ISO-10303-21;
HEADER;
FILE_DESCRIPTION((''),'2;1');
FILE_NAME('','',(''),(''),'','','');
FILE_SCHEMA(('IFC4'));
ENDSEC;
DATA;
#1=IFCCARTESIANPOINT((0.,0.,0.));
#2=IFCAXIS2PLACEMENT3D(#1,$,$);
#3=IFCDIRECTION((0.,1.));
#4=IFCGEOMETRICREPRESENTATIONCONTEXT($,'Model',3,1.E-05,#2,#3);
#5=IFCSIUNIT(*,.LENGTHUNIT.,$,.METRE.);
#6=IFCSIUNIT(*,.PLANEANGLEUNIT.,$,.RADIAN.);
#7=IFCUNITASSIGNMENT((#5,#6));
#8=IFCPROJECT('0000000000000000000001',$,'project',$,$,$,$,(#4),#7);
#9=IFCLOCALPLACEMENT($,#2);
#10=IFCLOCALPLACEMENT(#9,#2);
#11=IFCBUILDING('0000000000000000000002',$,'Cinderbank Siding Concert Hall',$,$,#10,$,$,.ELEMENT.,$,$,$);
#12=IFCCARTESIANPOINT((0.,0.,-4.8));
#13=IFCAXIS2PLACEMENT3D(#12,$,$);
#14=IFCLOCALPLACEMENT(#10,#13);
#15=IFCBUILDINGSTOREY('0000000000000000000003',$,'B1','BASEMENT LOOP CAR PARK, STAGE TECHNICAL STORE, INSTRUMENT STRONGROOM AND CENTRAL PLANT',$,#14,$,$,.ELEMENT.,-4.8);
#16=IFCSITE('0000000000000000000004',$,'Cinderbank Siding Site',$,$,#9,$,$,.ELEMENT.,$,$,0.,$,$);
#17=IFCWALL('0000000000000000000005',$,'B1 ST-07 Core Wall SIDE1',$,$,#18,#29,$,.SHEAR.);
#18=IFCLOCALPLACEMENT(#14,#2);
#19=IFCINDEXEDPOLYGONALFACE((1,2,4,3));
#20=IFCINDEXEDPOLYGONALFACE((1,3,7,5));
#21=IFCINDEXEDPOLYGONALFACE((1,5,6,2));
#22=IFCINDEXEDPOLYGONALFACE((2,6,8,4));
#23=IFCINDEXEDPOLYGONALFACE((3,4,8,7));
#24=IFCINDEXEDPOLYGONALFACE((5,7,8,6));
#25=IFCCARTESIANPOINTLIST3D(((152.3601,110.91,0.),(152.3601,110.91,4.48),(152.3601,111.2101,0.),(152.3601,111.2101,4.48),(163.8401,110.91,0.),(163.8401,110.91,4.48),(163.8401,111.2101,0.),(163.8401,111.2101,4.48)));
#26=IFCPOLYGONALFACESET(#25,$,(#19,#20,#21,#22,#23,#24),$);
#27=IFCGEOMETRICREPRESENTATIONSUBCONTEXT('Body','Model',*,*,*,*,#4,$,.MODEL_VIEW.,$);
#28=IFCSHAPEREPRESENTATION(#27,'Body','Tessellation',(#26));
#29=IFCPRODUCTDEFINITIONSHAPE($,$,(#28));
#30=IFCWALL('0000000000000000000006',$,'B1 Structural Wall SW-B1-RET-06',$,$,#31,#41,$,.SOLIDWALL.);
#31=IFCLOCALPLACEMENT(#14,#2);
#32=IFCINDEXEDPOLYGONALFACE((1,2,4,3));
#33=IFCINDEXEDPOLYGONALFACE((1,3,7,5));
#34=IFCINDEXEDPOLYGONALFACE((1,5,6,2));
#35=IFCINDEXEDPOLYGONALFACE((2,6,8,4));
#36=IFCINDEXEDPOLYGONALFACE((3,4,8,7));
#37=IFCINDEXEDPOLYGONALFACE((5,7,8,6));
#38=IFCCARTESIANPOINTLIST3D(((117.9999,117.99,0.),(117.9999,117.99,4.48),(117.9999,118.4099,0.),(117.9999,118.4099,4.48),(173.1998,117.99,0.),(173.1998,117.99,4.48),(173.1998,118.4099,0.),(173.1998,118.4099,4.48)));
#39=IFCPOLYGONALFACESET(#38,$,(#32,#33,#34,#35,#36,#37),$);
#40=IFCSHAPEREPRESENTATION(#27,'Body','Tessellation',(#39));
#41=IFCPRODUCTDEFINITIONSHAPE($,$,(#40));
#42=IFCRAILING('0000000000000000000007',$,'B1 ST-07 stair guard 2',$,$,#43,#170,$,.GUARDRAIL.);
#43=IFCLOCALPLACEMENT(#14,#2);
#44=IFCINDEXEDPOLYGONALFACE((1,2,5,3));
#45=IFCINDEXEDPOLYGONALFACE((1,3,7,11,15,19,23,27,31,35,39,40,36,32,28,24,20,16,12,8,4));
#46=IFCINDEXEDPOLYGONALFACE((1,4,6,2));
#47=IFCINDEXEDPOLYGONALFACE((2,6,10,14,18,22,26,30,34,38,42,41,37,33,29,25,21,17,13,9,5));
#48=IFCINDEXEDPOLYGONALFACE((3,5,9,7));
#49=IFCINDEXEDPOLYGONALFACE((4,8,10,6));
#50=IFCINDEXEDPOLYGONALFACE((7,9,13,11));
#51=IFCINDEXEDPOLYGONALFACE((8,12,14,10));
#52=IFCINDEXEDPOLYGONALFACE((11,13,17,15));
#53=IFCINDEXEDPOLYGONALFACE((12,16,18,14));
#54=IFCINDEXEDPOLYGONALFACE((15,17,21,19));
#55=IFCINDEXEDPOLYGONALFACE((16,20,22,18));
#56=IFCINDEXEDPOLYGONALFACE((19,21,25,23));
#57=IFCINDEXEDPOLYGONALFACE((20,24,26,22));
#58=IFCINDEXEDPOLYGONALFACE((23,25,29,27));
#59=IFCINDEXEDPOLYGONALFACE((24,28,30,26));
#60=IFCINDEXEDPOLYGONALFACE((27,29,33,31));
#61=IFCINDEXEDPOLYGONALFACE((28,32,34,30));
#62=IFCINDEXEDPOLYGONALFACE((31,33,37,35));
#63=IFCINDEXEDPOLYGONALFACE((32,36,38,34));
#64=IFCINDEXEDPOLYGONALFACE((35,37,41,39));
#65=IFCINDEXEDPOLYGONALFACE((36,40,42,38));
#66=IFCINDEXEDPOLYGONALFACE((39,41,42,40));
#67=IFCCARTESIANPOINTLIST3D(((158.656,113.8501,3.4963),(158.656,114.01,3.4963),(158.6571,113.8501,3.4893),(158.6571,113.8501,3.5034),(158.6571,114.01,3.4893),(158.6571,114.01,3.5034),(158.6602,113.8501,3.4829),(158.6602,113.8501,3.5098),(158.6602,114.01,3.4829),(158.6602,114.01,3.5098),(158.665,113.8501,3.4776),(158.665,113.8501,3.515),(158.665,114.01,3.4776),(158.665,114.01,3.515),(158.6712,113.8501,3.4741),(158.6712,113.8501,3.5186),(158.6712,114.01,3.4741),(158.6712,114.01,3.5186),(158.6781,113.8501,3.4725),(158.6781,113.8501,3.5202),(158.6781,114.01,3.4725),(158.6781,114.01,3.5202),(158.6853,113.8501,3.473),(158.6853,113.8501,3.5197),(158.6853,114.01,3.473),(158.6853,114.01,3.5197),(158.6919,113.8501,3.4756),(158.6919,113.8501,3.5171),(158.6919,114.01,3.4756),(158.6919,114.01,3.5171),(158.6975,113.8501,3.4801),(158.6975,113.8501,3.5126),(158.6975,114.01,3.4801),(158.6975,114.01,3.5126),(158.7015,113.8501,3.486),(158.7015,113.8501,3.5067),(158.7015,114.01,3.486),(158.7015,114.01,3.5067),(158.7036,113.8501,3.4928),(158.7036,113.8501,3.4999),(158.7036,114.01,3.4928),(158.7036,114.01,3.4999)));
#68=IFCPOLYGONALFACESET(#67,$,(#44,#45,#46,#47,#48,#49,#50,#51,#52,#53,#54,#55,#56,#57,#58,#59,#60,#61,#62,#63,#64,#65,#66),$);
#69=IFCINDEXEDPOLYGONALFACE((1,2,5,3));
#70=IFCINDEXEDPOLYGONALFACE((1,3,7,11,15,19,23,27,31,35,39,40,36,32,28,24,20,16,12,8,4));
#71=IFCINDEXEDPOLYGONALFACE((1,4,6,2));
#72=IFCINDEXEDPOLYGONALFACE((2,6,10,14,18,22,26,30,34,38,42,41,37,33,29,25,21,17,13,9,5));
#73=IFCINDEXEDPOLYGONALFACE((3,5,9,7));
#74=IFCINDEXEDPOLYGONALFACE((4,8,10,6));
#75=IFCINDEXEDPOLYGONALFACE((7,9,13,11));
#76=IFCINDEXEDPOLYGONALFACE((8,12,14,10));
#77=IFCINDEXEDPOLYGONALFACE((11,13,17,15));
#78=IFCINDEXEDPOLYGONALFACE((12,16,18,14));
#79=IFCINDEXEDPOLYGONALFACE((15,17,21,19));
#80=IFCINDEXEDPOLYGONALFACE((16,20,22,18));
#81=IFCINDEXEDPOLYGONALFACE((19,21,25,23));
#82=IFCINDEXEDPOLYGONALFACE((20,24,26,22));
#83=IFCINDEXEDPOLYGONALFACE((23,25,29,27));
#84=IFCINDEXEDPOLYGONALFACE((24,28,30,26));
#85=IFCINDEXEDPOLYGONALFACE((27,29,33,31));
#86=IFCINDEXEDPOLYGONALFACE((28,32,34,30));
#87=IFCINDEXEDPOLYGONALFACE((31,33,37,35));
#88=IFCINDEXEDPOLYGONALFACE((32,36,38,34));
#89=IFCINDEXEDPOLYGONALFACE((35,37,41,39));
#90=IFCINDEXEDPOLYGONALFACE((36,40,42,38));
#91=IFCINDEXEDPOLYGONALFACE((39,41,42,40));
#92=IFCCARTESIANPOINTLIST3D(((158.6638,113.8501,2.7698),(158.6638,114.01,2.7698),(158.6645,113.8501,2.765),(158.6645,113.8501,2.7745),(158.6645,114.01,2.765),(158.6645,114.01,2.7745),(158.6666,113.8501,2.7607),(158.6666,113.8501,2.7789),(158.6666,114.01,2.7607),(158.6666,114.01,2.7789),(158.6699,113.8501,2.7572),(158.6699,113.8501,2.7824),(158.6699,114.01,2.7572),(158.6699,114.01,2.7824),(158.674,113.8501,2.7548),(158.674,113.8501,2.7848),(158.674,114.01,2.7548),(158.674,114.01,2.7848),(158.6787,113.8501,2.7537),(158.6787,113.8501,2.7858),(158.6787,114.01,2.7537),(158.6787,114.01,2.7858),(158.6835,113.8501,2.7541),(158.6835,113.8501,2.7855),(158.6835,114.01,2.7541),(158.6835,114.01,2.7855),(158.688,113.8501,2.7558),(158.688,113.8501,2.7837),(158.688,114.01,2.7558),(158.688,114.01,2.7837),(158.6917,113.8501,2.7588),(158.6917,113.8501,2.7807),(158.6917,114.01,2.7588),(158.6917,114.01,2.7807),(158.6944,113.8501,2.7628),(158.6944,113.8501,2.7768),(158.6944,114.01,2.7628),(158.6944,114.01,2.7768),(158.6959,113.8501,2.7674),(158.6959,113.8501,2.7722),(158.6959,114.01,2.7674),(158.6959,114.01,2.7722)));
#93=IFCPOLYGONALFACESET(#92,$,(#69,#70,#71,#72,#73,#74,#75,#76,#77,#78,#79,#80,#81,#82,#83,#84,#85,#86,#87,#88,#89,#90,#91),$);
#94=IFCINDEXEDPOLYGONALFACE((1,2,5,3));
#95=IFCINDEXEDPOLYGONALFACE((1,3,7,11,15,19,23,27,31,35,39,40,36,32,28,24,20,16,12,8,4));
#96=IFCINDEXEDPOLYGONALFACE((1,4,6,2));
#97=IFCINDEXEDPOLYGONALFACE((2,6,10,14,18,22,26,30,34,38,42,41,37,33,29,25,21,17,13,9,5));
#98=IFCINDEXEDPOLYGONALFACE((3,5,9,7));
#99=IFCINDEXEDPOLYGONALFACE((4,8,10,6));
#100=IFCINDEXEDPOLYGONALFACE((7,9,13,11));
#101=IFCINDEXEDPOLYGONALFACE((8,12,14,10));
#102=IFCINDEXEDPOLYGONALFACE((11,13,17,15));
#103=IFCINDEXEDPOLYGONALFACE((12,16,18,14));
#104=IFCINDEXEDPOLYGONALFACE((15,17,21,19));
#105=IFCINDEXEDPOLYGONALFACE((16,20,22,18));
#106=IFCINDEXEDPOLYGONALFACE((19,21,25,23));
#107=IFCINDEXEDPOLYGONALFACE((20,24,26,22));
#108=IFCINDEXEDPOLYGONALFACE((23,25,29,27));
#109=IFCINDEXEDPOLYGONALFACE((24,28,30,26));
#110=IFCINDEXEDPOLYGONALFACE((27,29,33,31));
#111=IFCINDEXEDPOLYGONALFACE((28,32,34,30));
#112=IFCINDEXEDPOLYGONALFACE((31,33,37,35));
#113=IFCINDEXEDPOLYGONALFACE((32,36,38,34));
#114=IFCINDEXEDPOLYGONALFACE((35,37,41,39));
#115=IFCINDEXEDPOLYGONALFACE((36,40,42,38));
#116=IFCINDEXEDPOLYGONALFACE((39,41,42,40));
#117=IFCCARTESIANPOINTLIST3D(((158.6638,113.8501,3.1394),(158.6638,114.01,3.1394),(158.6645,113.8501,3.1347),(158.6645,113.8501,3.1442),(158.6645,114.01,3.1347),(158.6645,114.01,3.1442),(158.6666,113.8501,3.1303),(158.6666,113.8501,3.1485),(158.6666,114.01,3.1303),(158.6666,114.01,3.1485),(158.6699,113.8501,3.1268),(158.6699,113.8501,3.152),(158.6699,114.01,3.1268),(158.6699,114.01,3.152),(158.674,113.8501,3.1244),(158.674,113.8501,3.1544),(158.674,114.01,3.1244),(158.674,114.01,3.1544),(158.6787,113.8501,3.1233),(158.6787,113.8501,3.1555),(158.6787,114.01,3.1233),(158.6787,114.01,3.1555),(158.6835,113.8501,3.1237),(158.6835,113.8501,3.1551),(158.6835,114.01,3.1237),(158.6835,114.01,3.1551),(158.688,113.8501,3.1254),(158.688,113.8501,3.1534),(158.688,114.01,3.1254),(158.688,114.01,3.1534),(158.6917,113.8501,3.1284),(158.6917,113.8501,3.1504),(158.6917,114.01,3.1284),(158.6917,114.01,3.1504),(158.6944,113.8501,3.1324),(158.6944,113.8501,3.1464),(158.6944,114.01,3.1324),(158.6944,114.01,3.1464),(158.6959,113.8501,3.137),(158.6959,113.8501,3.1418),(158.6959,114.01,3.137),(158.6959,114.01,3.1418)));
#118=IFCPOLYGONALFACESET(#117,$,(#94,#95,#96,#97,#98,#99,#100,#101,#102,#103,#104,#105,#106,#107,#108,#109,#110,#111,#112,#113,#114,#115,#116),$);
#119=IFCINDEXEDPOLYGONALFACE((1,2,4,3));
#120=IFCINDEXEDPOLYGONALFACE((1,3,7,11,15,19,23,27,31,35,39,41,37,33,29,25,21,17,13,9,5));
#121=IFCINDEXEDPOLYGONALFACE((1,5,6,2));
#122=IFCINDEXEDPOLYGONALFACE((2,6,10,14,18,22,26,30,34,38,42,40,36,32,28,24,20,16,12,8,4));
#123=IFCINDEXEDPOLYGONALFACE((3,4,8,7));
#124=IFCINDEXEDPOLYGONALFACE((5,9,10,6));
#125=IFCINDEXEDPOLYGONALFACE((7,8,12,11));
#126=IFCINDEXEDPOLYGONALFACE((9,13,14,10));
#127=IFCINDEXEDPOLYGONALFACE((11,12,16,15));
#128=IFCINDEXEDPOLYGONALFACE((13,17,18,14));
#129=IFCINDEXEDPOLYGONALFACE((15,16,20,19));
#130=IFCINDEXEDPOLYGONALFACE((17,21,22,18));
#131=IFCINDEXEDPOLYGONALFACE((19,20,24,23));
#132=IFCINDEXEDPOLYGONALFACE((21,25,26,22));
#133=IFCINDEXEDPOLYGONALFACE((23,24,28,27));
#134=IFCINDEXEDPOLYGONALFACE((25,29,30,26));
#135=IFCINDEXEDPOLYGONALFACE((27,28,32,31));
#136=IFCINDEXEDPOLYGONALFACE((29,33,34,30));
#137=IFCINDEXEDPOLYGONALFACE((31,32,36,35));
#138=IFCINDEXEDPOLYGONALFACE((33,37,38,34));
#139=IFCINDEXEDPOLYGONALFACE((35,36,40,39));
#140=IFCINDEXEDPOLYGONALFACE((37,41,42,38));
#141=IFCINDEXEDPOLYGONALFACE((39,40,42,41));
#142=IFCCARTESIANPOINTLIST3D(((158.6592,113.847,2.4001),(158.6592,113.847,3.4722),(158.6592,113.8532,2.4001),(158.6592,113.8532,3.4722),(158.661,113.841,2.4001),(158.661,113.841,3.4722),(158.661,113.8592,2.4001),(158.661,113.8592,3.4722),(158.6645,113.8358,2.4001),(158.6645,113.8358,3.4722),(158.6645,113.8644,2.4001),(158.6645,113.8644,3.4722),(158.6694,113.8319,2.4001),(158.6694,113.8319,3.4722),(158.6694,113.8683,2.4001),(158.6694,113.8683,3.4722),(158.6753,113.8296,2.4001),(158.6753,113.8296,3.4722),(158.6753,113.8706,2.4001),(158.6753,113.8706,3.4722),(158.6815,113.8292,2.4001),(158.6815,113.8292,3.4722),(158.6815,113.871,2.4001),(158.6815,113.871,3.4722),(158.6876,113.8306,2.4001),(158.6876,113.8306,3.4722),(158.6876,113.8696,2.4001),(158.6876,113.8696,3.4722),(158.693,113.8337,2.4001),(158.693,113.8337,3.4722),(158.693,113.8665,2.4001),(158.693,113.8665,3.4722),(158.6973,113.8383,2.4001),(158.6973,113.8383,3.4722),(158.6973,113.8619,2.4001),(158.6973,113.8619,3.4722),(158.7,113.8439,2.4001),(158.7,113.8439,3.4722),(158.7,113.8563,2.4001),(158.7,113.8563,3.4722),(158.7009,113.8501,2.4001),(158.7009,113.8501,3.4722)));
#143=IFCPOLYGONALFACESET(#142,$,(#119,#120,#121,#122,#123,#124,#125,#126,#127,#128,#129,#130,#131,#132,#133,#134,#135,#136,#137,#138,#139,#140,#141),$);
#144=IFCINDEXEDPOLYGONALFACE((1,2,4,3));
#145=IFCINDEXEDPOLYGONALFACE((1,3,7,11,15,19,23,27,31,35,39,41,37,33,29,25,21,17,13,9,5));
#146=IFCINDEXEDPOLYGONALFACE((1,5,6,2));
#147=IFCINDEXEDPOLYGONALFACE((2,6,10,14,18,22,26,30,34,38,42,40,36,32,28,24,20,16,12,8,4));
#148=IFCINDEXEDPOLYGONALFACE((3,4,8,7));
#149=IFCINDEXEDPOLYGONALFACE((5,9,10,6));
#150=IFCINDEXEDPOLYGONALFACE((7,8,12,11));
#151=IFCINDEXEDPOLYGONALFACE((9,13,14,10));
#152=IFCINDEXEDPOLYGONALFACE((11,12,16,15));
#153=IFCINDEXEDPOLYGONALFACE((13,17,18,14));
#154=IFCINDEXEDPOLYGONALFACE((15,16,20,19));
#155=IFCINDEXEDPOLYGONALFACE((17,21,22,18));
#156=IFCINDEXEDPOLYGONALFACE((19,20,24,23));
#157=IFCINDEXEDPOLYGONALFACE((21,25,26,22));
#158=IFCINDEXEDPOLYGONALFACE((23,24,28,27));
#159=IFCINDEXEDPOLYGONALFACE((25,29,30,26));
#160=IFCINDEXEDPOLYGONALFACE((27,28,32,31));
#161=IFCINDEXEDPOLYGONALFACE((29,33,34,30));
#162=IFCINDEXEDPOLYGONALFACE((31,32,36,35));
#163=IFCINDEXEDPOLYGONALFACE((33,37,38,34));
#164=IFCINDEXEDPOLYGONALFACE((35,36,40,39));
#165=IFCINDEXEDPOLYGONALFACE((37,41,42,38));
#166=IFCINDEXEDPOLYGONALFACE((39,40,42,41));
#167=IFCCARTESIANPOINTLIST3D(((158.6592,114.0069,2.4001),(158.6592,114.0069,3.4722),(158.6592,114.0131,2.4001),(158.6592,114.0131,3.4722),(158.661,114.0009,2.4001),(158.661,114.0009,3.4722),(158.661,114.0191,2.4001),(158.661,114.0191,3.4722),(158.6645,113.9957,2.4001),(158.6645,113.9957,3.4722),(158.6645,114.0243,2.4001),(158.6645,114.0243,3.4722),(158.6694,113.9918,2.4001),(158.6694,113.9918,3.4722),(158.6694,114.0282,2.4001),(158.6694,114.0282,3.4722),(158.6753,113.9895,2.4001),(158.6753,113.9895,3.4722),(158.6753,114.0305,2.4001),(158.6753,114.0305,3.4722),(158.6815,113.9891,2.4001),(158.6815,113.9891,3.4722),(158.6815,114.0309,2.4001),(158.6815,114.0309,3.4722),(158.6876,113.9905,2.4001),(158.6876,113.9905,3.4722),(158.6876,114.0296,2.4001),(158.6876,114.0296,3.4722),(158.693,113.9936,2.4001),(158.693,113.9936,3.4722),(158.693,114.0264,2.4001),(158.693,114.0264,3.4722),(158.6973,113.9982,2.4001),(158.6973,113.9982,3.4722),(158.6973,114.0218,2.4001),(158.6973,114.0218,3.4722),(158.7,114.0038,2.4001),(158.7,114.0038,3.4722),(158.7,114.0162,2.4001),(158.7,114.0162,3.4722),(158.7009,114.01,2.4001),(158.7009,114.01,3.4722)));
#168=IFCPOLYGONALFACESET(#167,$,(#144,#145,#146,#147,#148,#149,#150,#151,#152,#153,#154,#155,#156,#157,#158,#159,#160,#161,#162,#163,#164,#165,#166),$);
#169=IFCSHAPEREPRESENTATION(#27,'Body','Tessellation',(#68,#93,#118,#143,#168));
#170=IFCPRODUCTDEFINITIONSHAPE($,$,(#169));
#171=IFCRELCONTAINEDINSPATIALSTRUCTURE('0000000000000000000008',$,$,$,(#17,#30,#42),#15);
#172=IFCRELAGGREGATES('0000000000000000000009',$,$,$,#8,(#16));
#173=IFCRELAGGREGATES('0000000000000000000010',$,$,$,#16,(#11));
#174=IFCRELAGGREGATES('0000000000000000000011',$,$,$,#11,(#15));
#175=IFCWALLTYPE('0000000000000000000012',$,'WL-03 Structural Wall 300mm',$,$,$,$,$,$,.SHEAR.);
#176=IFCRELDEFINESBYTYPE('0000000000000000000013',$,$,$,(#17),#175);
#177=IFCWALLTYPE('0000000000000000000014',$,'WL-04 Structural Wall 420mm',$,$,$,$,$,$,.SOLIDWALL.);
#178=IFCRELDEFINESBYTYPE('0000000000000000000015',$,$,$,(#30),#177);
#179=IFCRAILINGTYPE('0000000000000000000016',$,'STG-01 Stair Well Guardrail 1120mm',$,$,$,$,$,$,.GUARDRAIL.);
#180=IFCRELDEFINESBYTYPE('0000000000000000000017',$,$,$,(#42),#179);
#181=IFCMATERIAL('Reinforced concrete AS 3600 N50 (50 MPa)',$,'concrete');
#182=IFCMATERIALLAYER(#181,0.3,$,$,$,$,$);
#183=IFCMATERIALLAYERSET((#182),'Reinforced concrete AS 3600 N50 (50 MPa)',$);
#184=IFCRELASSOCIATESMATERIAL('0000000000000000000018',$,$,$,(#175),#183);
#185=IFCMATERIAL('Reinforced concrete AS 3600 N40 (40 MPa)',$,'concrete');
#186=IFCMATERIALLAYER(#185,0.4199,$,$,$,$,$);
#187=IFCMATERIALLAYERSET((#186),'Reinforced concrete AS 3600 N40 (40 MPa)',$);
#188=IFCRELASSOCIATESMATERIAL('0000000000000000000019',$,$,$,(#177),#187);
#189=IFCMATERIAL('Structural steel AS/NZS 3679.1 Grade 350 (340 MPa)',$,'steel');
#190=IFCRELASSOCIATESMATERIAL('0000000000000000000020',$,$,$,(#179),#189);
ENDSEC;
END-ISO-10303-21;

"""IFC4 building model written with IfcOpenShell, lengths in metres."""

from ifc_helpers import new_model, si_unit, direction, frame, frame_2d, origin, origin_2d, place, context, subcontext, project, spatial, rectangle, circle, extrude, material, layer, layer_set, type_object, element, save


model = new_model("IFC4")

# Units and contexts
model_context = context("Model", 3, precision=1e-05, world=origin(), true_north=direction((0.0, 1.0)))
body_context = subcontext(model_context, "Body", "Model", "MODEL_VIEW")
ifc_project = project(units=[si_unit("LENGTHUNIT", "METRE"), si_unit("PLANEANGLEUNIT", "RADIAN")], contexts=[model_context])

# Site, building, storey
site_placement = place(None, origin())
site = spatial("IfcSite", under=ifc_project, at=site_placement, Name="Cinderbank Siding Site", CompositionType="ELEMENT", RefElevation=0.0)
building_placement = place(site_placement, origin())
building = spatial("IfcBuilding", under=site, at=building_placement, Name="Cinderbank Siding Concert Hall", CompositionType="ELEMENT")
storey_placement = place(building_placement, frame((0.0, 0.0, -4.8)))
storey = spatial("IfcBuildingStorey", under=building, at=storey_placement, Name="B1", Description="BASEMENT LOOP CAR PARK, STAGE TECHNICAL STORE, INSTRUMENT STRONGROOM AND CENTRAL PLANT", CompositionType="ELEMENT", Elevation=-4.8)

# Shared definitions
ifc_material_1 = material(Name="Reinforced concrete AS 3600 N40 (40 MPa)", Category="concrete")

# Shared definitions
ifc_material_2 = material(Name="Reinforced concrete AS 3600 N50 (50 MPa)", Category="concrete")

# Walls
ifc_layer_1 = layer(ifc_material_2, 0.3)
ifc_layer_set_1 = layer_set([ifc_layer_1], Name="Reinforced concrete AS 3600 N50 (50 MPa)")
wall_type_1 = type_object("IfcWallType", Name="WL-03 Structural Wall 300mm", PredefinedType="SHEAR", material=ifc_layer_set_1)
wall_1_placement = place(storey_placement, frame((163.8401, 111.0601, 0.0), z_axis=(0.0, 0.0, 1.0), x_axis=(-1.0, 0.0, 0.0)))
element("IfcWall", 1, at=wall_1_placement, inside=storey, type_object=wall_type_1, Name="B1 ST-07 Core Wall SIDE1", PredefinedType="SHEAR", context=body_context, shape_type="SweptSolid", body=[
    extrude(rectangle(XDim=11.48, YDim=0.3, at=frame_2d((5.74, 0.0))), origin(), (0.0, 0.0, 1.0), 4.48),
])
ifc_layer_2 = layer(ifc_material_1, 0.4199)
ifc_layer_set_2 = layer_set([ifc_layer_2], Name="Reinforced concrete AS 3600 N40 (40 MPa)")
wall_type_2 = type_object("IfcWallType", Name="WL-04 Structural Wall 420mm", PredefinedType="SOLIDWALL", material=ifc_layer_set_2)
wall_2_placement = place(storey_placement, frame((173.2, 118.2, 0.0), z_axis=(0.0, 0.0, 1.0), x_axis=(-1.0, 0.0, 0.0)))
element("IfcWall", 2, at=wall_2_placement, inside=storey, type_object=wall_type_2, Name="B1 Structural Wall SW-B1-RET-06", PredefinedType="SOLIDWALL", context=body_context, shape_type="SweptSolid", body=[
    extrude(rectangle(XDim=55.2, YDim=0.4199, at=frame_2d((27.6001, 0.0))), origin(), (0.0, 0.0, 1.0), 4.48),
])

# Railing
ifc_material_3 = material(Name="Structural steel AS/NZS 3679.1 Grade 350 (340 MPa)", Category="steel")
railing_type_1 = type_object("IfcRailingType", Name="STG-01 Stair Well Guardrail 1120mm", PredefinedType="GUARDRAIL", material=ifc_material_3)
railing_1_placement = place(storey_placement, frame((158.6799, 113.8501, 2.4001)))
element("IfcRailing", 3, at=railing_1_placement, inside=storey, type_object=railing_type_1, Name="B1 ST-07 stair guard 2", PredefinedType="GUARDRAIL", context=body_context, shape_type="SweptSolid", body=[
    extrude(circle(Radius=0.0239, at=origin_2d()), frame((0.0, 0.0, 1.0962), z_axis=(0.0, 1.0, 0.0), x_axis=(-1.0, 0.0, 0.0)), (0.0, 0.0, 1.0), 0.1599),
    extrude(circle(Radius=0.0161, at=origin_2d()), frame((0.0, 0.0, 0.3696), z_axis=(0.0, 1.0, 0.0), x_axis=(-1.0, 0.0, 0.0)), (0.0, 0.0, 1.0), 0.1599),
    extrude(circle(Radius=0.0161, at=origin_2d()), frame((0.0, 0.0, 0.7393), z_axis=(0.0, 1.0, 0.0), x_axis=(-1.0, 0.0, 0.0)), (0.0, 0.0, 1.0), 0.1599),
    extrude(circle(Radius=0.021, at=origin_2d()), origin(), (0.0, 0.0, 1.0), 1.072),
    extrude(circle(Radius=0.021, at=origin_2d()), frame((0.0, 0.1599, 0.0)), (0.0, 0.0, 1.0), 1.072),
])

save(model, "model.ifc")
